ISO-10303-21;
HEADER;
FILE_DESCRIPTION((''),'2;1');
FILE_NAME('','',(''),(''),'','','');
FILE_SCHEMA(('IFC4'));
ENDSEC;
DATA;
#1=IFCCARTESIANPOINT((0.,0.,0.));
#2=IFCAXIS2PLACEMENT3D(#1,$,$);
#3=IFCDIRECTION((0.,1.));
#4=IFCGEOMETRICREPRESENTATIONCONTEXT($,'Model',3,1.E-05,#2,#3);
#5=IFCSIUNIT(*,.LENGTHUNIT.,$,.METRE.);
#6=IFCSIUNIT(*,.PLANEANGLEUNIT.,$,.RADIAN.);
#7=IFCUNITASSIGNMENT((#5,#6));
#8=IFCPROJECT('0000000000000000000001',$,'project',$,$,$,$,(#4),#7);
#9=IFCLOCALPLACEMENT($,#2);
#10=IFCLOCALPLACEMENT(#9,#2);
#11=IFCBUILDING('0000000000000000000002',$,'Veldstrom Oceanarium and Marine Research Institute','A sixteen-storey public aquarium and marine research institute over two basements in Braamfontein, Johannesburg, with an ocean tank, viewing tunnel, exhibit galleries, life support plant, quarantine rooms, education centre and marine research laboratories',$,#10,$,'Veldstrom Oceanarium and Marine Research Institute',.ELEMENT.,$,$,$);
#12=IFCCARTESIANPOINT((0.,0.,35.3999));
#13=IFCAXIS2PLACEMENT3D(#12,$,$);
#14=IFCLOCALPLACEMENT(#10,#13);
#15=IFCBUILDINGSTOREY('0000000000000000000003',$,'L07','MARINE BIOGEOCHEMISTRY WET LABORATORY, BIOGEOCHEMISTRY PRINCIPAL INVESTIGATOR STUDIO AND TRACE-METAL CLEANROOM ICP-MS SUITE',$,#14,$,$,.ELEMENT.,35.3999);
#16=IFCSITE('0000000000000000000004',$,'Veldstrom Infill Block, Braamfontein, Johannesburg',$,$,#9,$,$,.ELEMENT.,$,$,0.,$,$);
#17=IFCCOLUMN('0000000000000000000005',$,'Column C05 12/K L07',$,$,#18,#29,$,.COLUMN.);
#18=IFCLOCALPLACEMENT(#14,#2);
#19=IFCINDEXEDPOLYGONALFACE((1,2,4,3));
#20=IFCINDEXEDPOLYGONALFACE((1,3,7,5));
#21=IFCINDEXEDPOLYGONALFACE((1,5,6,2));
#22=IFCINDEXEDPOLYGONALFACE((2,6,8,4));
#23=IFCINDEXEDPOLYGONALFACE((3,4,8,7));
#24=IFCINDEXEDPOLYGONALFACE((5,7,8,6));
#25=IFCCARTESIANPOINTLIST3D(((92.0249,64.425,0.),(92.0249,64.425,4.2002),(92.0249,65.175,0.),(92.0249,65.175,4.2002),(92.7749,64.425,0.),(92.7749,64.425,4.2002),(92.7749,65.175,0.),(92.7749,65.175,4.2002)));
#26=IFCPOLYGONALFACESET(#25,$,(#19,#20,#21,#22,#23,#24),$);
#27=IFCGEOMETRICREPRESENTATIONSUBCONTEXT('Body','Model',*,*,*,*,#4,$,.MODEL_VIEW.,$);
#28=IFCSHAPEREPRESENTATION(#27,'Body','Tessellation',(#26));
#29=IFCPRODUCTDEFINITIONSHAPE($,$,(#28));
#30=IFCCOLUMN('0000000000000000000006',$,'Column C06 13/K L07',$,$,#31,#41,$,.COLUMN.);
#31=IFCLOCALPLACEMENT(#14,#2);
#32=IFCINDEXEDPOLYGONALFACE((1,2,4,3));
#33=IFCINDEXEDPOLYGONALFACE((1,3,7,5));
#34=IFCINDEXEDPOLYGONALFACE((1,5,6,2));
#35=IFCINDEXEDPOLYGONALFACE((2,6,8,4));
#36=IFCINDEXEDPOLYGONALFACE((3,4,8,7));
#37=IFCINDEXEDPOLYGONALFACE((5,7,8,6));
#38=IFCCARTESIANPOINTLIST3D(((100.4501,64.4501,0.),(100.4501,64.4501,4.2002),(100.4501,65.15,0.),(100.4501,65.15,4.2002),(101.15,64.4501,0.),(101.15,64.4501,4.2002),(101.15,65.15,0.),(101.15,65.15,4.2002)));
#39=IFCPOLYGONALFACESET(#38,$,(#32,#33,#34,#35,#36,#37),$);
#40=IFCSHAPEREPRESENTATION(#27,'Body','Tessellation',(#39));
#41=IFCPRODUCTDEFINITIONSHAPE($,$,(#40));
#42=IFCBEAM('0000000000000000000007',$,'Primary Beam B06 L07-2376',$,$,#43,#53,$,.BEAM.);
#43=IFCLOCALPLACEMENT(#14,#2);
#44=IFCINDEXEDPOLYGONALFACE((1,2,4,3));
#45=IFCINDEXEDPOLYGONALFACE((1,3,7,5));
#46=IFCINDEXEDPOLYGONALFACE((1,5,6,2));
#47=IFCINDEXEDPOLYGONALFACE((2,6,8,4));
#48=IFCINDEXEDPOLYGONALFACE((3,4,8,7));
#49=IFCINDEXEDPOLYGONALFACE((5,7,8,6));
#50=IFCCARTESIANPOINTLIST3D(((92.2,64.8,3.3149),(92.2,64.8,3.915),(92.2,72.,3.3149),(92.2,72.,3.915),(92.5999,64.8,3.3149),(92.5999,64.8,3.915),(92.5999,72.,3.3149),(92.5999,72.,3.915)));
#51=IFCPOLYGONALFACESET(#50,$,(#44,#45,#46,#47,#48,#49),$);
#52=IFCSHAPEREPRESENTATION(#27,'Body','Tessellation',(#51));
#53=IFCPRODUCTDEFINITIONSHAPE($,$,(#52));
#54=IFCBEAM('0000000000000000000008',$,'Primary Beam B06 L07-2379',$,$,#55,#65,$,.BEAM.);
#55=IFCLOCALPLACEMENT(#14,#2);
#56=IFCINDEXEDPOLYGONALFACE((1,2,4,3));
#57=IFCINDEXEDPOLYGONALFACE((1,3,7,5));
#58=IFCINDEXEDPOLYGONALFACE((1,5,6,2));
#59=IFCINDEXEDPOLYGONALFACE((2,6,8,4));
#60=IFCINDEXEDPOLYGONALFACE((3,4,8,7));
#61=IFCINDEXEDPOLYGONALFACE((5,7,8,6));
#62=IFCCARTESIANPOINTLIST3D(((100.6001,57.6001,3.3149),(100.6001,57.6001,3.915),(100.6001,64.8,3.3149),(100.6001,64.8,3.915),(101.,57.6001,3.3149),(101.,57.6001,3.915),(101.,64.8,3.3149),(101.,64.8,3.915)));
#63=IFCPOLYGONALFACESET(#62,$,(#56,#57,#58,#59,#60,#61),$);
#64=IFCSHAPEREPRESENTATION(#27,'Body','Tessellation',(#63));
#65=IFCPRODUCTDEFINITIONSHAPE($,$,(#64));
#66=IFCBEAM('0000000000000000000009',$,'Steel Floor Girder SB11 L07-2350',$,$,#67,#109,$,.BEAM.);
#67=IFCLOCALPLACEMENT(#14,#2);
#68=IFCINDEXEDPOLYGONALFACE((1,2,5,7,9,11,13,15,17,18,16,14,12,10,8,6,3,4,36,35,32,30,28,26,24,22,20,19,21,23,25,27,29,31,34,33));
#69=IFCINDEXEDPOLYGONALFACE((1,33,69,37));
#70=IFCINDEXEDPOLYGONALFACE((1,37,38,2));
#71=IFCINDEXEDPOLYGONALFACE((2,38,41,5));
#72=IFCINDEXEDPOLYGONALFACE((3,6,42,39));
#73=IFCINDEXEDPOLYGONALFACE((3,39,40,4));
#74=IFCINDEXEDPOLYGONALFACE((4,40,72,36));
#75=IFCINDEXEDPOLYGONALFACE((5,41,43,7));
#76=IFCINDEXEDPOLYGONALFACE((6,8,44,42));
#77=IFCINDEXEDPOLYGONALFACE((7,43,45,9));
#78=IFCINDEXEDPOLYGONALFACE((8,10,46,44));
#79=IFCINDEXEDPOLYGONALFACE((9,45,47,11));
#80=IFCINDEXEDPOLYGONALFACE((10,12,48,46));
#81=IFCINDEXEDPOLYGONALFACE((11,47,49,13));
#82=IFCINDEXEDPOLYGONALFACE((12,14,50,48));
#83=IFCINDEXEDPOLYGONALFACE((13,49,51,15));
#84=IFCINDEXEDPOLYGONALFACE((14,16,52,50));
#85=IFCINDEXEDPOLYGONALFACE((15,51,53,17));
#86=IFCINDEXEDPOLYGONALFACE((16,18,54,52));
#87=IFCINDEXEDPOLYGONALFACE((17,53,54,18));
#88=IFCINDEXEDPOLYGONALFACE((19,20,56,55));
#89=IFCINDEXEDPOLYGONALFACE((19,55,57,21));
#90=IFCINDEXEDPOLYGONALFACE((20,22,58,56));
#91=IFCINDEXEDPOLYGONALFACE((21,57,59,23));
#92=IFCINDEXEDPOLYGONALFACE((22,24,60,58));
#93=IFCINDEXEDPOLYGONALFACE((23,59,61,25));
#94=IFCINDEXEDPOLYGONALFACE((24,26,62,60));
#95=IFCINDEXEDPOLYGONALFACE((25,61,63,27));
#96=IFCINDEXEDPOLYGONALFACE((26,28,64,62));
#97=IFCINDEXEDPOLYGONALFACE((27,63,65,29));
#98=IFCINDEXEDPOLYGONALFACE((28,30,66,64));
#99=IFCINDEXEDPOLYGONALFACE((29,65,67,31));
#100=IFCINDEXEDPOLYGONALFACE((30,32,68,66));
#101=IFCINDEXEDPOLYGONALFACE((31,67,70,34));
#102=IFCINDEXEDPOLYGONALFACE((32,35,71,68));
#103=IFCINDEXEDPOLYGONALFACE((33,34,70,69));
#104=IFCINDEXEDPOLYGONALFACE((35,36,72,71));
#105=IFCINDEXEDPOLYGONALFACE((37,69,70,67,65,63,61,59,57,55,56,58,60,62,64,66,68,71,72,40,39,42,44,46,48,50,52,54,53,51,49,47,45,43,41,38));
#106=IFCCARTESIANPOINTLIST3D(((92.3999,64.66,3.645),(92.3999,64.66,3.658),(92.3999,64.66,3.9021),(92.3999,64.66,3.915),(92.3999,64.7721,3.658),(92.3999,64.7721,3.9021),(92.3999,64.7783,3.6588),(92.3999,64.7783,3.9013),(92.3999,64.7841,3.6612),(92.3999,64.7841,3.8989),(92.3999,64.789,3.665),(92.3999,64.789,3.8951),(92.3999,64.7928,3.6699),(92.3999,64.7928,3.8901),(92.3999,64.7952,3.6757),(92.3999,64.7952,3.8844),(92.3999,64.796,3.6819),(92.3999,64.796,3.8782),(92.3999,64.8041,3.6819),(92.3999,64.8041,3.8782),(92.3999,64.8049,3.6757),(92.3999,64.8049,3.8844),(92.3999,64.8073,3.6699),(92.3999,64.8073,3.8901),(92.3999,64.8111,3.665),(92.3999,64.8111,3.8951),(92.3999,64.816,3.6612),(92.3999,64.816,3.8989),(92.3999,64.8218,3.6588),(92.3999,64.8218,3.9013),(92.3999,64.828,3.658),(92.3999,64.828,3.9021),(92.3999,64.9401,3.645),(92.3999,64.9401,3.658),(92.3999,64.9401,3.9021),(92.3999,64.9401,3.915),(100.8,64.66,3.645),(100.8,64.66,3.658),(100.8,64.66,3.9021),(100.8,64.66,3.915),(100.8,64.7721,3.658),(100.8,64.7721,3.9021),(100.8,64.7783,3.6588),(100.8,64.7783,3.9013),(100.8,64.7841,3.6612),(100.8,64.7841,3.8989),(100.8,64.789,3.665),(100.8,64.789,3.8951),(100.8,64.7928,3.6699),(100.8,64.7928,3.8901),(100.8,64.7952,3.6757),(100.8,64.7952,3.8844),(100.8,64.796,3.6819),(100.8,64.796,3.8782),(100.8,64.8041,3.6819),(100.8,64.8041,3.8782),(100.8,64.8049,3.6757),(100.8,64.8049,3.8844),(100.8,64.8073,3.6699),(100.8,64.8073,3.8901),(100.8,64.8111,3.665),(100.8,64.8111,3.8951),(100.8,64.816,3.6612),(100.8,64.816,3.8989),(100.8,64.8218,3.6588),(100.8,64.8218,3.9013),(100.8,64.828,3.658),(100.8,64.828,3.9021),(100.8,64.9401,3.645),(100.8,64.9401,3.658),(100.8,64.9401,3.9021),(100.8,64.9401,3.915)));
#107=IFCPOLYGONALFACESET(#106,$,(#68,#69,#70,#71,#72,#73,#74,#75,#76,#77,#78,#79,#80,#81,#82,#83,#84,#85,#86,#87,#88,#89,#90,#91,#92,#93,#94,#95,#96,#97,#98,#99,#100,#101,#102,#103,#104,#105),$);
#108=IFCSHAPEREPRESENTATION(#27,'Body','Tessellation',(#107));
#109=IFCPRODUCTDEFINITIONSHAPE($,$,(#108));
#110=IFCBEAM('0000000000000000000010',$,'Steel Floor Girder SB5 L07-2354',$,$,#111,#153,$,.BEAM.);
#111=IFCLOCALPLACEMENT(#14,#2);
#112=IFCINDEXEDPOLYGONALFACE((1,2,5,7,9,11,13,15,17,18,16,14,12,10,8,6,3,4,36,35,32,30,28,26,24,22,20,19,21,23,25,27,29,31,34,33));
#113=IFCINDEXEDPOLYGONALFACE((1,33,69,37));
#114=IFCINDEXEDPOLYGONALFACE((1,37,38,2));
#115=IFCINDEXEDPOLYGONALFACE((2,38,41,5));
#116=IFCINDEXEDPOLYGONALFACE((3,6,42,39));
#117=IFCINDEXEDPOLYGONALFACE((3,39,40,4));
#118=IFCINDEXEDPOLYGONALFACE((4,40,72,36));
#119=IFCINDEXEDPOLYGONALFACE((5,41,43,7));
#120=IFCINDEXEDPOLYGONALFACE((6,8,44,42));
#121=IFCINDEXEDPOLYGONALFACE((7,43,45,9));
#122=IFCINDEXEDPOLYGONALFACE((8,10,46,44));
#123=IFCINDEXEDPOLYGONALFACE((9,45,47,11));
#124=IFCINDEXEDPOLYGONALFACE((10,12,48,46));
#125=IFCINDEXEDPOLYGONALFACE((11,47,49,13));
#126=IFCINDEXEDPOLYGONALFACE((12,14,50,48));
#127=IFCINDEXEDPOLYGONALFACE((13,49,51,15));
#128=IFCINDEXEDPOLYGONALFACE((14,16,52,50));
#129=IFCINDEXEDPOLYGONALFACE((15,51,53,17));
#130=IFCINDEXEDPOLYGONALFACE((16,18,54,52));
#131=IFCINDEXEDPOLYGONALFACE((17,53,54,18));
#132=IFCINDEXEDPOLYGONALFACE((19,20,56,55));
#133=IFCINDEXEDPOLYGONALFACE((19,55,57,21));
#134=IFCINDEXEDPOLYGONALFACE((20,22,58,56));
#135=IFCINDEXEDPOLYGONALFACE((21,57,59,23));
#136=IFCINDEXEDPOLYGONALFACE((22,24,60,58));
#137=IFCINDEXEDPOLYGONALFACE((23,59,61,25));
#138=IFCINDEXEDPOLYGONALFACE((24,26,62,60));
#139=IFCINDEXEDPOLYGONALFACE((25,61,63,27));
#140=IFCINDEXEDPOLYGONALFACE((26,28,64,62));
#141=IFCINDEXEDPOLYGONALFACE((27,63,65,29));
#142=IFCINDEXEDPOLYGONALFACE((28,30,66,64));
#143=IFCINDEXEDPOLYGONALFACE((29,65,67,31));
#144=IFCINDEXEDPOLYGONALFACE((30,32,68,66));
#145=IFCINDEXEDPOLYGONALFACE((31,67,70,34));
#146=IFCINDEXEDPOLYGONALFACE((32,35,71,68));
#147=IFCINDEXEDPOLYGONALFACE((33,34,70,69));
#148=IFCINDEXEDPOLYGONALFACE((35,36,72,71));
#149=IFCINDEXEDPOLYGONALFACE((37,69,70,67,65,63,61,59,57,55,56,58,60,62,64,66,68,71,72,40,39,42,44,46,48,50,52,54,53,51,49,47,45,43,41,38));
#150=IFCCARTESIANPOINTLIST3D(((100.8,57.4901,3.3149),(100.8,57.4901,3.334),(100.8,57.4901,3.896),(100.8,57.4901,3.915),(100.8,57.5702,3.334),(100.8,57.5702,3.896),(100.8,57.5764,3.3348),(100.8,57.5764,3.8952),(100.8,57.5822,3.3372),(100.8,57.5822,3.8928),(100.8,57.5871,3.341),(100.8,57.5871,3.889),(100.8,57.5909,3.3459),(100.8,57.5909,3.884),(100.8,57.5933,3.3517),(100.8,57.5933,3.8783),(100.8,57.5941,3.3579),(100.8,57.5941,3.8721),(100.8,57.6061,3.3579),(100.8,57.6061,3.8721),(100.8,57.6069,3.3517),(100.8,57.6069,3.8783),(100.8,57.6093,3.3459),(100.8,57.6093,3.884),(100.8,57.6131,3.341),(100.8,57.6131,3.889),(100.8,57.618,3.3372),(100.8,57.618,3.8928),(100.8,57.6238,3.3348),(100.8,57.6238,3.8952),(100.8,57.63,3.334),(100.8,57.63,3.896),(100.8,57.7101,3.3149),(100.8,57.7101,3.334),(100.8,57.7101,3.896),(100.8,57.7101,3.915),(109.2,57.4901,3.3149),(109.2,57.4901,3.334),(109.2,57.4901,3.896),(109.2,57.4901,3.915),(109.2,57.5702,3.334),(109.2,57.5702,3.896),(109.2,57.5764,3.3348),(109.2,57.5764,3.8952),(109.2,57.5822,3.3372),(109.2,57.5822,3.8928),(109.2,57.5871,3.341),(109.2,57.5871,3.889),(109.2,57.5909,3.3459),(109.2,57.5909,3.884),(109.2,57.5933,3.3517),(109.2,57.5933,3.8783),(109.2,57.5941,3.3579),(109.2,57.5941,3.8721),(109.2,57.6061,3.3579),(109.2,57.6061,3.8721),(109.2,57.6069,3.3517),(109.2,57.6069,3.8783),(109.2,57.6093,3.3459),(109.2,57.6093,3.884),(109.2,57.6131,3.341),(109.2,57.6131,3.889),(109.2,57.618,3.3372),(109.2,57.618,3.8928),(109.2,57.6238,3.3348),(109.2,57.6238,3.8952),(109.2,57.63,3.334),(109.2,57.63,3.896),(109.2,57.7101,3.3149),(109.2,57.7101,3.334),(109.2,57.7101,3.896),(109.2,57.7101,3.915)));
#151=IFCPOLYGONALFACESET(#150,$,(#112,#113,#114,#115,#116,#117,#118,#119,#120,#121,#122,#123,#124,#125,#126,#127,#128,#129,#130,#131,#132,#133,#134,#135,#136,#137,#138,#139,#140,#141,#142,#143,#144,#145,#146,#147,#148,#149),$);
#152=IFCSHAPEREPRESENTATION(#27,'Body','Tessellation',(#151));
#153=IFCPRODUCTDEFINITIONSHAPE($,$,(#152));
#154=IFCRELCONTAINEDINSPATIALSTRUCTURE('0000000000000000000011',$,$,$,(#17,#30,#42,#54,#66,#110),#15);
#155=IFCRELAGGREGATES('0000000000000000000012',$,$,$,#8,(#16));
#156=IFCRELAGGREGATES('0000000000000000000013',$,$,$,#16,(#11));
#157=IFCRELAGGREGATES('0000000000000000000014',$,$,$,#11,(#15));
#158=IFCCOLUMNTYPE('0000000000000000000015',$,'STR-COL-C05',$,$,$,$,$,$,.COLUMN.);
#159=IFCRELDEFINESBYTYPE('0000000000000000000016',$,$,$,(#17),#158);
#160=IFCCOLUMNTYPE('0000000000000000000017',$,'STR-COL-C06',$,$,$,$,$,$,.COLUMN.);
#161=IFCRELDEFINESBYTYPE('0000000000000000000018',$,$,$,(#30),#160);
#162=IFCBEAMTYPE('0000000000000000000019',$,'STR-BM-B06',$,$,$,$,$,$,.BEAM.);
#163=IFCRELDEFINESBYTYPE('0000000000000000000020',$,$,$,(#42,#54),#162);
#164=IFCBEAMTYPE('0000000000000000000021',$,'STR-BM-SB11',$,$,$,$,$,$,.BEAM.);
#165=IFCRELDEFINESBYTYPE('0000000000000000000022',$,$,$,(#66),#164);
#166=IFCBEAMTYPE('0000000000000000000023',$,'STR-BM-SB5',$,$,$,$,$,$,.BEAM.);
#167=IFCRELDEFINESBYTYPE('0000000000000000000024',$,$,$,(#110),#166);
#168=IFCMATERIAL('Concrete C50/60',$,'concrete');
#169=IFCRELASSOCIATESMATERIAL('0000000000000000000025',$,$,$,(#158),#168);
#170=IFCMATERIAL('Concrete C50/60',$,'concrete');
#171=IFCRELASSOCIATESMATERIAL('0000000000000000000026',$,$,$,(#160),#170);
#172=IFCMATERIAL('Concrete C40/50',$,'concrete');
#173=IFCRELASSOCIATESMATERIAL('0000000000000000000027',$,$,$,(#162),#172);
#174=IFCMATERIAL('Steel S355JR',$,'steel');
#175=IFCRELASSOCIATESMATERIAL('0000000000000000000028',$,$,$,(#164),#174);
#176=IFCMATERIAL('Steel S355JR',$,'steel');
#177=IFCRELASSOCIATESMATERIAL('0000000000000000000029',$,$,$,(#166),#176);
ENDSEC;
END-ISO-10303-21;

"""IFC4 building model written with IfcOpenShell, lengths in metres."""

from ifc_helpers import new_model, si_unit, direction, frame, origin, origin_2d, place, context, subcontext, project, spatial, rectangle, i_section, extrude, material, material_profile, profile_set, type_object, element, save


model = new_model("IFC4")

# Units and contexts
model_context = context("Model", 3, precision=1e-05, world=origin(), true_north=direction((0.0, 1.0)))
body_context = subcontext(model_context, "Body", "Model", "MODEL_VIEW")
ifc_project = project(units=[si_unit("LENGTHUNIT", "METRE"), si_unit("PLANEANGLEUNIT", "RADIAN")], contexts=[model_context])

# Site, building, storey
site_placement = place(None, origin())
site = spatial("IfcSite", under=ifc_project, at=site_placement, Name="Veldstrom Infill Block, Braamfontein, Johannesburg", CompositionType="ELEMENT", RefElevation=0.0)
building_placement = place(site_placement, origin())
building = spatial("IfcBuilding", under=site, at=building_placement, Name="Veldstrom Oceanarium and Marine Research Institute", Description="A sixteen-storey public aquarium and marine research institute over two basements in Braamfontein, Johannesburg, with an ocean tank, viewing tunnel, exhibit galleries, life support plant, quarantine rooms, education centre and marine research laboratories", LongName="Veldstrom Oceanarium and Marine Research Institute", CompositionType="ELEMENT")
storey_placement = place(building_placement, frame((0.0, 0.0, 35.3999)))
storey = spatial("IfcBuildingStorey", under=building, at=storey_placement, Name="L07", Description="MARINE BIOGEOCHEMISTRY WET LABORATORY, BIOGEOCHEMISTRY PRINCIPAL INVESTIGATOR STUDIO AND TRACE-METAL CLEANROOM ICP-MS SUITE", CompositionType="ELEMENT", Elevation=35.3999)

# Columns
ifc_material_1 = material(Name="Concrete C50/60", Category="concrete")
ifc_material_profile_1 = material_profile(ifc_material_1, rectangle(XDim=0.75, YDim=0.75, at=origin_2d()), Name="RC-COL-750x750")
ifc_profile_set_1 = profile_set([ifc_material_profile_1], Name="Concrete C50/60")
column_type_1 = type_object("IfcColumnType", Name="STR-COL-C05", PredefinedType="COLUMN", material=ifc_profile_set_1)
column_1_placement = place(storey_placement, frame((92.3999, 64.8, 0.0), z_axis=(0.0, 0.0, 1.0), x_axis=(1.0, 0.0, 0.0)))
element("IfcColumn", 1, at=column_1_placement, inside=storey, type_object=column_type_1, Name="Column C05 12/K L07", PredefinedType="COLUMN", context=body_context, shape_type="SweptSolid", body=[
    extrude(rectangle(XDim=0.75, YDim=0.75, at=origin_2d()), origin(), (0.0, 0.0, 1.0), 4.2002),
])
ifc_material_2 = material(Name="Concrete C50/60", Category="concrete")
ifc_material_profile_2 = material_profile(ifc_material_2, rectangle(XDim=0.7, YDim=0.7, at=origin_2d()), Name="RC-COL-700x700")
ifc_profile_set_2 = profile_set([ifc_material_profile_2], Name="Concrete C50/60")
column_type_2 = type_object("IfcColumnType", Name="STR-COL-C06", PredefinedType="COLUMN", material=ifc_profile_set_2)
column_2_placement = place(storey_placement, frame((100.8, 64.8, 0.0), z_axis=(0.0, 0.0, 1.0), x_axis=(1.0, 0.0, 0.0)))
element("IfcColumn", 2, at=column_2_placement, inside=storey, type_object=column_type_2, Name="Column C06 13/K L07", PredefinedType="COLUMN", context=body_context, shape_type="SweptSolid", body=[
    extrude(rectangle(XDim=0.7, YDim=0.7, at=origin_2d()), origin(), (0.0, 0.0, 1.0), 4.2002),
])

# Beams
ifc_material_3 = material(Name="Concrete C40/50", Category="concrete")
ifc_material_profile_3 = material_profile(ifc_material_3, rectangle(XDim=0.3999, YDim=0.6001, at=origin_2d()), Name="RC-BM-400x600")
ifc_profile_set_3 = profile_set([ifc_material_profile_3], Name="Concrete C40/50")
beam_type_1 = type_object("IfcBeamType", Name="STR-BM-B06", PredefinedType="BEAM", material=ifc_profile_set_3)
for number, where, z_axis, x_axis, name in (
    (3, (92.3999, 64.8, 3.615), (0.0, 1.0, 0.0), (-1.0, 0.0, 0.0), "Primary Beam B06 L07-2376"),
    (4, (100.8, 57.6001, 3.615), (0.0, 1.0, 0.0), (-1.0, 0.0, 0.0), "Primary Beam B06 L07-2379"),
):
    element("IfcBeam", number, at=place(storey_placement, frame(where, z_axis=z_axis, x_axis=x_axis)), inside=storey, type_object=beam_type_1, Name=name, PredefinedType="BEAM", context=body_context, shape_type="SweptSolid", body=[
        extrude(rectangle(XDim=0.3999, YDim=0.6001, at=origin_2d()), origin(), (0.0, 0.0, 1.0), 7.2),
    ])
ifc_material_4 = material(Name="Steel S355JR", Category="steel")
ifc_material_profile_4 = material_profile(ifc_material_4, i_section(OverallWidth=0.28, OverallDepth=0.27, WebThickness=0.0081, FlangeThickness=0.0129, FilletRadius=0.0239, at=origin_2d()), Name="HEA 280")
ifc_profile_set_4 = profile_set([ifc_material_profile_4], Name="Steel S355JR")
beam_type_2 = type_object("IfcBeamType", Name="STR-BM-SB11", PredefinedType="BEAM", material=ifc_profile_set_4)
beam_1_placement = place(storey_placement, frame((92.3999, 64.8, 3.78), z_axis=(1.0, 0.0, 0.0), x_axis=(0.0, 1.0, 0.0)))
element("IfcBeam", 5, at=beam_1_placement, inside=storey, type_object=beam_type_2, Name="Steel Floor Girder SB11 L07-2350", PredefinedType="BEAM", context=body_context, shape_type="SweptSolid", body=[
    extrude(i_section(OverallWidth=0.28, OverallDepth=0.27, WebThickness=0.0081, FlangeThickness=0.0129, FilletRadius=0.0239, at=origin_2d()), origin(), (0.0, 0.0, 1.0), 8.4001),
])
ifc_material_5 = material(Name="Steel S355JR", Category="steel")
ifc_material_profile_5 = material_profile(ifc_material_5, i_section(OverallWidth=0.22, OverallDepth=0.6001, WebThickness=0.012, FlangeThickness=0.019, FilletRadius=0.0239, at=origin_2d()), Name="IPE 600")
ifc_profile_set_5 = profile_set([ifc_material_profile_5], Name="Steel S355JR")
beam_type_3 = type_object("IfcBeamType", Name="STR-BM-SB5", PredefinedType="BEAM", material=ifc_profile_set_5)
for number, where, z_axis, x_axis, name in (
    (6, (100.8, 57.6001, 3.615), (1.0, 0.0, 0.0), (0.0, 1.0, 0.0), "Steel Floor Girder SB5 L07-2354"),
):
    element("IfcBeam", number, at=place(storey_placement, frame(where, z_axis=z_axis, x_axis=x_axis)), inside=storey, type_object=beam_type_3, Name=name, PredefinedType="BEAM", context=body_context, shape_type="SweptSolid", body=[
        extrude(i_section(OverallWidth=0.22, OverallDepth=0.6001, WebThickness=0.012, FlangeThickness=0.019, FilletRadius=0.0239, at=origin_2d()), origin(), (0.0, 0.0, 1.0), 8.3999),
    ])

save(model, "model.ifc")
